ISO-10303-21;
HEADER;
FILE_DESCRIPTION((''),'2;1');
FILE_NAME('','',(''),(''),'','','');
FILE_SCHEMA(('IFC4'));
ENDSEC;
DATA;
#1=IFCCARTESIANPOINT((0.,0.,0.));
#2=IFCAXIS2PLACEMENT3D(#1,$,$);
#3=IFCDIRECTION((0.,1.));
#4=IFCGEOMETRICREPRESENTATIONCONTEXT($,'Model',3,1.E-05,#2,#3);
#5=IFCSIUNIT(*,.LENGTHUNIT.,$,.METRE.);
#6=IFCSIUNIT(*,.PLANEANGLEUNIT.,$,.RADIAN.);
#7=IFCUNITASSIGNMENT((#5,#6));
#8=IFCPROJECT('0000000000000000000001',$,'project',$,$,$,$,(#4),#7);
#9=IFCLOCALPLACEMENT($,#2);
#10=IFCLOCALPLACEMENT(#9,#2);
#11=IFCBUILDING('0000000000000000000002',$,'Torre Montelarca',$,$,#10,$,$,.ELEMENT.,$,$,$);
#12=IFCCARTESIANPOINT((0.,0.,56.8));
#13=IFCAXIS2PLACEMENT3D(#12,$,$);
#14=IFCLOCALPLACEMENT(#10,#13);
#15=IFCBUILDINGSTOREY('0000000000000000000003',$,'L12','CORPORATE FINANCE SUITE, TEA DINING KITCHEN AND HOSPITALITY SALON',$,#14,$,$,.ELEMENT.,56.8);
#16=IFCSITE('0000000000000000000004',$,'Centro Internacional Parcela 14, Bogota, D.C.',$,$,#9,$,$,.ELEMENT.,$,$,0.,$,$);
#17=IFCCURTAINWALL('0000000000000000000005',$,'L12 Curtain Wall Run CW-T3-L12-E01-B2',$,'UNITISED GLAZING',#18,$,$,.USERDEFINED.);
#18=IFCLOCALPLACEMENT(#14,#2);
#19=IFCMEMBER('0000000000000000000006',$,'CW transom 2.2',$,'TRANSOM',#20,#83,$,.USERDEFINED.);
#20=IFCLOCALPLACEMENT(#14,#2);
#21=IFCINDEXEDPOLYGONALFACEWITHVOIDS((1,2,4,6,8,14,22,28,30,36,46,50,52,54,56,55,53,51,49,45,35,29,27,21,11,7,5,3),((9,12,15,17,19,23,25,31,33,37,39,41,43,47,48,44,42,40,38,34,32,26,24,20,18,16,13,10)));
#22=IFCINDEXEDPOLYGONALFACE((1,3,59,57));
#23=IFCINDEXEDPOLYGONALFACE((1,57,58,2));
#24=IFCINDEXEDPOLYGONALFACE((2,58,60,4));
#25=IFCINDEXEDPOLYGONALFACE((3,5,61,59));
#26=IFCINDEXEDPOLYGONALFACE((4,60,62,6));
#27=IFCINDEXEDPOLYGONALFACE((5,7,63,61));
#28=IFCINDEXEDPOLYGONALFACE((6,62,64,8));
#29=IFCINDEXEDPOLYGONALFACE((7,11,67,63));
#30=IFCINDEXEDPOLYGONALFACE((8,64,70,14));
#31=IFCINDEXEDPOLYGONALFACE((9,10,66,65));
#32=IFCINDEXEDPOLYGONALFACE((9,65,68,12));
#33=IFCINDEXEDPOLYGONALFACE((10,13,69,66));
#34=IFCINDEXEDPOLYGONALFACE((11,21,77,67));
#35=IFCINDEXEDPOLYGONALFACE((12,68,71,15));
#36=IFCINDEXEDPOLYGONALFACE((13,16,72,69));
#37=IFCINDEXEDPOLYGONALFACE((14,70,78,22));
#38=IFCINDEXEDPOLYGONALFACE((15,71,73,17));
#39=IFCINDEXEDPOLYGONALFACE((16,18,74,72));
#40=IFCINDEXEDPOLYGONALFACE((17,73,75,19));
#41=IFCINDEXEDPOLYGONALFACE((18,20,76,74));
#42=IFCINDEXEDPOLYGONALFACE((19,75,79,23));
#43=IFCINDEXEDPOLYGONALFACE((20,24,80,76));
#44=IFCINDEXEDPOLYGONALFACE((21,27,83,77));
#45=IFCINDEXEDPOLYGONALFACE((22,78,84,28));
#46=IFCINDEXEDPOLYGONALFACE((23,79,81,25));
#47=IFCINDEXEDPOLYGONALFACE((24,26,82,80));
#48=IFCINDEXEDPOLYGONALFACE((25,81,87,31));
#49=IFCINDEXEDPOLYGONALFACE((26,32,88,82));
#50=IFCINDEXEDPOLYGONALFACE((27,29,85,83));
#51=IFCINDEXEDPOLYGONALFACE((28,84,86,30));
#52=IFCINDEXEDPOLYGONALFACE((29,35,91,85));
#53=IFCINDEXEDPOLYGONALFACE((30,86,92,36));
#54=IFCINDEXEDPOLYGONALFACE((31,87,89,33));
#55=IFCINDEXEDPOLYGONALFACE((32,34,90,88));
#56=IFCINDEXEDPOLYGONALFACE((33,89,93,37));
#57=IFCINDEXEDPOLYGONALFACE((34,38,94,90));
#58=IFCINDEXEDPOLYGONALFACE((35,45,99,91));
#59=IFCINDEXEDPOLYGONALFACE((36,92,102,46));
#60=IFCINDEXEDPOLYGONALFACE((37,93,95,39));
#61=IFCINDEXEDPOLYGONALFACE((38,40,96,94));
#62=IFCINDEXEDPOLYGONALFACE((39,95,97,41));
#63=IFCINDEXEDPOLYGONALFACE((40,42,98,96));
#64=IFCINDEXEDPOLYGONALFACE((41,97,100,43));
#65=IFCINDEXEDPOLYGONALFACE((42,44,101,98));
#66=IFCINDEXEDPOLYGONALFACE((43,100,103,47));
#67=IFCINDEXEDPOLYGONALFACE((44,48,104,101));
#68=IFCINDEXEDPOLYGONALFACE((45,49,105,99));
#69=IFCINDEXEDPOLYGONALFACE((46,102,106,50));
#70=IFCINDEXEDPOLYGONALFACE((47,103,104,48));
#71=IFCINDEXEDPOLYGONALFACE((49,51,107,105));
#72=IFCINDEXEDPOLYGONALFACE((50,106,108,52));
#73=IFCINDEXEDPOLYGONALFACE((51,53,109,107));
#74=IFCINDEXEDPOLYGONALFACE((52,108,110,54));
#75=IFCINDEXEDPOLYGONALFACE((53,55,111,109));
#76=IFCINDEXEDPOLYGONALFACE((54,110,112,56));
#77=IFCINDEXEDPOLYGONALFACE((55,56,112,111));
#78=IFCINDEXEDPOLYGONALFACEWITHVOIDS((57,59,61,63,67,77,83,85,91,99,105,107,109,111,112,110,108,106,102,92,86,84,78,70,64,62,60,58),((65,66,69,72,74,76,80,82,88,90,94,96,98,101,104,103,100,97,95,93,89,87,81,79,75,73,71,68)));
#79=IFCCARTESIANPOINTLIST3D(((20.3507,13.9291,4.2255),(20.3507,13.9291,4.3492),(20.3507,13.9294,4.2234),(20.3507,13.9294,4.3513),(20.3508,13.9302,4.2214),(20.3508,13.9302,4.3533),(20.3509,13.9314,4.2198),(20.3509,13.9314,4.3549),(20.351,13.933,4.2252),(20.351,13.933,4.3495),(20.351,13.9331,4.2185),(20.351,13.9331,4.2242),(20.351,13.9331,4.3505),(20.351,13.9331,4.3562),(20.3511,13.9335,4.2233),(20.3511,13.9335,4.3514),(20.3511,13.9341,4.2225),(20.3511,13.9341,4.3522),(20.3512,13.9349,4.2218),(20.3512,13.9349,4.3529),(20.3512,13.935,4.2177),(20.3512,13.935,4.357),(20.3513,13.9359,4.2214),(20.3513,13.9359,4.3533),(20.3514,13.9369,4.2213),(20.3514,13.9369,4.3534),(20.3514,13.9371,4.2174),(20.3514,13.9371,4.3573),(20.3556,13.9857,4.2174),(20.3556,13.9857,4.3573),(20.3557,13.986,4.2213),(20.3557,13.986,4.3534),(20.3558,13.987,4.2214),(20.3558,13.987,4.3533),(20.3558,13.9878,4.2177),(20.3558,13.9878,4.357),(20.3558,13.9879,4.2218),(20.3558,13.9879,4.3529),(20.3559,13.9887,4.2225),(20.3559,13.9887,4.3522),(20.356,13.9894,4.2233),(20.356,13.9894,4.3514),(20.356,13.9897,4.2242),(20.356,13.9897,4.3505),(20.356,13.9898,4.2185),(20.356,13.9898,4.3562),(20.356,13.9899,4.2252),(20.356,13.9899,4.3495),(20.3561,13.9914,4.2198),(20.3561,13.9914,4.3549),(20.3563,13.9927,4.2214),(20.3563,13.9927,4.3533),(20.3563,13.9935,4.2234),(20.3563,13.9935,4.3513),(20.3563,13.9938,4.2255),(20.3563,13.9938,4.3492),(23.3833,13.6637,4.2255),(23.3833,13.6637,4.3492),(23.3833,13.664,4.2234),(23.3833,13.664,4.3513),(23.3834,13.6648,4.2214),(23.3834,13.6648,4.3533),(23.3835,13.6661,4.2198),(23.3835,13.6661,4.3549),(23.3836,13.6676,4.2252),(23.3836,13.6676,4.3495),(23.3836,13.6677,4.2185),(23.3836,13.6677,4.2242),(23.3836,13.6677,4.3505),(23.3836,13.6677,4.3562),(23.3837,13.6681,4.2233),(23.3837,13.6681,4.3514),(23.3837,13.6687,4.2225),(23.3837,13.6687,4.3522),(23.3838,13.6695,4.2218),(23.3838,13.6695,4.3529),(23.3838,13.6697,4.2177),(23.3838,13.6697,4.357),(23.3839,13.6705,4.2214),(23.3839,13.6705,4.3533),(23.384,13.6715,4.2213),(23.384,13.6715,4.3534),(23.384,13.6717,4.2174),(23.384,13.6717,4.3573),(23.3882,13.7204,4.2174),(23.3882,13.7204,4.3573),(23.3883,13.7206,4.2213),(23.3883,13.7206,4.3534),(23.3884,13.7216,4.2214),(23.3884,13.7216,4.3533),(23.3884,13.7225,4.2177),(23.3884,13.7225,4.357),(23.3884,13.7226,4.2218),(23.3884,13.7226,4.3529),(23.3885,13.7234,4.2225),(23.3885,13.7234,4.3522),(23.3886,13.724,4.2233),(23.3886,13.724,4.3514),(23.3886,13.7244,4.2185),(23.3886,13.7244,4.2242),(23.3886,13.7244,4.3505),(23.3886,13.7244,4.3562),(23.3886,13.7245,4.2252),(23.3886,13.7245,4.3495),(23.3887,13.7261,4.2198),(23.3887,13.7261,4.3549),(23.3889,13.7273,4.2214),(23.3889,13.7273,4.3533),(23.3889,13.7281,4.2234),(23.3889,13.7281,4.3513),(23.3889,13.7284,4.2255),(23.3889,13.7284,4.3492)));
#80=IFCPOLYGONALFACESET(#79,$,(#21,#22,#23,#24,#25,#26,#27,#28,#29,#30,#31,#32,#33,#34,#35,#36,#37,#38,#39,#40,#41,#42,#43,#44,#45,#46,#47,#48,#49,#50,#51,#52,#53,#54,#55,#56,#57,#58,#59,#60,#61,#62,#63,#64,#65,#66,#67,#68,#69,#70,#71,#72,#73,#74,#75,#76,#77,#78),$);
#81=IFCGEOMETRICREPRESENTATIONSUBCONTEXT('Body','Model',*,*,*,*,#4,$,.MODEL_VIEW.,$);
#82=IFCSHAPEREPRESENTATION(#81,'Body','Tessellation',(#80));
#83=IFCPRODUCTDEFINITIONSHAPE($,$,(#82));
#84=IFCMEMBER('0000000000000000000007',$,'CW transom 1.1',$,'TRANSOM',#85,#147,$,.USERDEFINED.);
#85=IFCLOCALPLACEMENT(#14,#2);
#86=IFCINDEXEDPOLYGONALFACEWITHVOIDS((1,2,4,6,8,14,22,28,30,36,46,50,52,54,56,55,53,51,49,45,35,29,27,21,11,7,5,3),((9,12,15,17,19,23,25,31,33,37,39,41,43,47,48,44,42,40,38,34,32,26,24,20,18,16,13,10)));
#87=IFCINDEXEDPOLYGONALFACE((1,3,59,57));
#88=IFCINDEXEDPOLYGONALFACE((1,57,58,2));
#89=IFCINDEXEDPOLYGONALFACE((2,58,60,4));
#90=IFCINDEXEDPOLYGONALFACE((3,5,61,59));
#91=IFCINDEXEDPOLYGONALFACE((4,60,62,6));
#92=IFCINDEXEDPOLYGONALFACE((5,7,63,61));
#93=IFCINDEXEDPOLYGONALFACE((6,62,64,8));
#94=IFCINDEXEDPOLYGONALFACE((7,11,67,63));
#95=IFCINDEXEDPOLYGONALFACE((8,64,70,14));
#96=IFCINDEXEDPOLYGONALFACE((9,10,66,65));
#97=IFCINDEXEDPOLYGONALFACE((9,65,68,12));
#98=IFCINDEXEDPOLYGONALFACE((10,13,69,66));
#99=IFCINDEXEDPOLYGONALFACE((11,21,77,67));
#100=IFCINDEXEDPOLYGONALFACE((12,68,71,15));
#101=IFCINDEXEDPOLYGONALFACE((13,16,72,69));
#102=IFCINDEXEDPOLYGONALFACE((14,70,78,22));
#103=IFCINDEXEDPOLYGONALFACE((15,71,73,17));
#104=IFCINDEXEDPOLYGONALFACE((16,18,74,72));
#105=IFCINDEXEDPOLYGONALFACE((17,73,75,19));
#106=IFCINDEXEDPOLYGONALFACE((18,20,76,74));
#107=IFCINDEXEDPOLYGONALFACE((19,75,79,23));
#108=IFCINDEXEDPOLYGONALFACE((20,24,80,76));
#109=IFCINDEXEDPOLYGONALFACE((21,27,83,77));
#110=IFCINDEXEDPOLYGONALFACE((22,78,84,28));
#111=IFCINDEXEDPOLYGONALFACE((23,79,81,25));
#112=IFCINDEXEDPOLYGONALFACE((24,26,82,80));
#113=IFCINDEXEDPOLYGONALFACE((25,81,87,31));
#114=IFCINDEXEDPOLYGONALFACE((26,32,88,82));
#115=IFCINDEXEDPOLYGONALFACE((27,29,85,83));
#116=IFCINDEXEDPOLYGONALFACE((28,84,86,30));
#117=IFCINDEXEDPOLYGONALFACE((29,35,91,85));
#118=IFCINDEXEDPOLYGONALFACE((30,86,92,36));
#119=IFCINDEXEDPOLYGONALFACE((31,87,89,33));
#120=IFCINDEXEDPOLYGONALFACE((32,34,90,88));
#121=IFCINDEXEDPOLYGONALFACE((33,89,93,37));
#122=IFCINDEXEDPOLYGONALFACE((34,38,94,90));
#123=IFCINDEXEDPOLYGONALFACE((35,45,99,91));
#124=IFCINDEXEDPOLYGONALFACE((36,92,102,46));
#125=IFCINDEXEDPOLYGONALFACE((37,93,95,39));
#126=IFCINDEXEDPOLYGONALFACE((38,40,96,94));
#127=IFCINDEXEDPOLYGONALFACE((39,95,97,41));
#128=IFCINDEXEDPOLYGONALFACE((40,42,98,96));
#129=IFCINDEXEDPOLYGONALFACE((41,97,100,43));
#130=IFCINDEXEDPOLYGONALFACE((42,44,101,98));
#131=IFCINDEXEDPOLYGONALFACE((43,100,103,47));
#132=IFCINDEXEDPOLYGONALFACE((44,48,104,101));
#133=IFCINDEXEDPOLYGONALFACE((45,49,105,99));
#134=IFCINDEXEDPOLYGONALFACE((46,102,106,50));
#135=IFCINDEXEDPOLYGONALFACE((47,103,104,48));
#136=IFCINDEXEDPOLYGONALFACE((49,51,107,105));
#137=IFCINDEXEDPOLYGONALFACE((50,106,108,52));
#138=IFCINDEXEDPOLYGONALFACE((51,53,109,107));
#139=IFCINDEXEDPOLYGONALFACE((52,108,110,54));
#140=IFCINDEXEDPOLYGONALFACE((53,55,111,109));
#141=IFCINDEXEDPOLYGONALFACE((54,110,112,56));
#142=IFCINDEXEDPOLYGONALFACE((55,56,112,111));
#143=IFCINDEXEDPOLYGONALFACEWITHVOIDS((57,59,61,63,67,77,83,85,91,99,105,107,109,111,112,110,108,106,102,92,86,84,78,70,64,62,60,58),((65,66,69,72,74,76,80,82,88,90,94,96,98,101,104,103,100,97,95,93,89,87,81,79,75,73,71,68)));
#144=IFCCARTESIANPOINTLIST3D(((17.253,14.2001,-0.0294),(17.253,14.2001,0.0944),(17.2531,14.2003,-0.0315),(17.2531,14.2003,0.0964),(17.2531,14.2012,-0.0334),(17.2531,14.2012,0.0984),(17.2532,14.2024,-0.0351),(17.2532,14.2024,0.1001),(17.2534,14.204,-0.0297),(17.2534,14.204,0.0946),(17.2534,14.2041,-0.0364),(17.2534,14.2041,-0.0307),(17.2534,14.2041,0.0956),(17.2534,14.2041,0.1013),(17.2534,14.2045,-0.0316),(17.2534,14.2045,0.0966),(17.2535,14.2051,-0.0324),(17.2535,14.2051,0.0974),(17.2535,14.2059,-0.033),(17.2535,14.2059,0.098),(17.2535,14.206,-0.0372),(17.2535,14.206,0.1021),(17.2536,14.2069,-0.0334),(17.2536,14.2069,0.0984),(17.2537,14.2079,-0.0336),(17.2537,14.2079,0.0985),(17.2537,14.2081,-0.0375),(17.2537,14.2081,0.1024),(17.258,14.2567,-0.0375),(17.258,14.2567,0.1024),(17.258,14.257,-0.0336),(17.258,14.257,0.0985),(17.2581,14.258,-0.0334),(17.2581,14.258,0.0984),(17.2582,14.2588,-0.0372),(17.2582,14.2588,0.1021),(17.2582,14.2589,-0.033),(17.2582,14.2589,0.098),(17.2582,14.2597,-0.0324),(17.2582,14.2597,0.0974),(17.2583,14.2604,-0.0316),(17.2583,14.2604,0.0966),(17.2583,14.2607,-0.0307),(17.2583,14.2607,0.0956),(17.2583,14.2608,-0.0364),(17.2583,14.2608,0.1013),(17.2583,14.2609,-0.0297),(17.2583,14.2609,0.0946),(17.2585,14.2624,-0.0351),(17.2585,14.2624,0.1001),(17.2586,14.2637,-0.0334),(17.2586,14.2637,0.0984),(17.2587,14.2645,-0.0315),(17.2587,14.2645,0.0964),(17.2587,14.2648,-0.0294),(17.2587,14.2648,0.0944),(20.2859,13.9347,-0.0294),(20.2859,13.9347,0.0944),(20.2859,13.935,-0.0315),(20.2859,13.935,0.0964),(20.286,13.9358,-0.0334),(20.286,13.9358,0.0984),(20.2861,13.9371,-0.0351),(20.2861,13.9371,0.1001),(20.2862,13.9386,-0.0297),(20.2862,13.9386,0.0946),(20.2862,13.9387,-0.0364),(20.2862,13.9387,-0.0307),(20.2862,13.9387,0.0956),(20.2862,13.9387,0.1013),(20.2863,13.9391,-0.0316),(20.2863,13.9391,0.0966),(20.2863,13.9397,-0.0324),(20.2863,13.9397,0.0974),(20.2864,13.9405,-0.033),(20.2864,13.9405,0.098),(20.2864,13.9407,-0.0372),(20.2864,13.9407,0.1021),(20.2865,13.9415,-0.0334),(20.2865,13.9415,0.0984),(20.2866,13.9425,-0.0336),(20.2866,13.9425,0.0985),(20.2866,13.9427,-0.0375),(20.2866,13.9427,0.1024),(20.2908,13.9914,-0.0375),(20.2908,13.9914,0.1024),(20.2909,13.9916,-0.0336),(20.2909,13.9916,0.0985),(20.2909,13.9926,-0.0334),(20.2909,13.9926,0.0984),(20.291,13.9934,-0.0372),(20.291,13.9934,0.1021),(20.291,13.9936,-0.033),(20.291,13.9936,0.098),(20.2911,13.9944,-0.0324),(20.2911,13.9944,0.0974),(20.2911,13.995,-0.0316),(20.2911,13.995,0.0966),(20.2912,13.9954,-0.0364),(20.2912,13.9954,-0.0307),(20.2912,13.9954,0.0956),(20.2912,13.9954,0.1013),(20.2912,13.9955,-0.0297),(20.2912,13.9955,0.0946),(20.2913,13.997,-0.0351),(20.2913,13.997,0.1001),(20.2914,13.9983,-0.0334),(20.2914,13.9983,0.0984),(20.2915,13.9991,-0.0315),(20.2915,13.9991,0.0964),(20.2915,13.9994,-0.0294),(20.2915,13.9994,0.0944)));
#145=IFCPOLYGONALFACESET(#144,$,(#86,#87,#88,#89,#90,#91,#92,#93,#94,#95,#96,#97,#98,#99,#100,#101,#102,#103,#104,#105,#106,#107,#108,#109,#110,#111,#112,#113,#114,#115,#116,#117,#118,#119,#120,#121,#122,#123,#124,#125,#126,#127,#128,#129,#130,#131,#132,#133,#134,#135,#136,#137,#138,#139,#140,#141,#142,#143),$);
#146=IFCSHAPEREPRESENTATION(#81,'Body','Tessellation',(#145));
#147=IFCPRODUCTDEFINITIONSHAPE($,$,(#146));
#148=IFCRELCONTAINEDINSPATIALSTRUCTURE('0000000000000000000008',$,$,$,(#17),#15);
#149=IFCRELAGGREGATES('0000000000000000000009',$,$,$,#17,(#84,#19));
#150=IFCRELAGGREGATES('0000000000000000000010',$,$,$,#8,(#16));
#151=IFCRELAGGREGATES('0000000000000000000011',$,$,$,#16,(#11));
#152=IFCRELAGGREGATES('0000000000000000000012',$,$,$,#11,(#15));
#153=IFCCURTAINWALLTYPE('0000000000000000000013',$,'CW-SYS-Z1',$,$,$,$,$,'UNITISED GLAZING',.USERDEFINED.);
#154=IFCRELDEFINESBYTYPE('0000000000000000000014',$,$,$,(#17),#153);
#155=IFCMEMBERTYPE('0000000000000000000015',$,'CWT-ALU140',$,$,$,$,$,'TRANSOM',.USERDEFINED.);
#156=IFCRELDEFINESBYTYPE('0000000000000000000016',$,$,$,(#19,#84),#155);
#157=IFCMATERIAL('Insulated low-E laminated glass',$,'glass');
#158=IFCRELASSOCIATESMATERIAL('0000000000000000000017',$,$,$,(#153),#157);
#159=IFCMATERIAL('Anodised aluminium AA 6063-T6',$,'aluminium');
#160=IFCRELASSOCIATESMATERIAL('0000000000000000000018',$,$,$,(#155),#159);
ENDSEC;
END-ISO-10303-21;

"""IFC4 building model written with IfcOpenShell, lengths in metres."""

from ifc_helpers import new_model, si_unit, direction, frame, origin, origin_2d, place, context, subcontext, project, spatial, hollow_rectangle, extrude, source, transform, mapped, material, material_profile, profile_set, type_object, element, aggregate, save


model = new_model("IFC4")

# Units and contexts
model_context = context("Model", 3, precision=1e-05, world=origin(), true_north=direction((0.0, 1.0)))
body_context = subcontext(model_context, "Body", "Model", "MODEL_VIEW")
ifc_project = project(units=[si_unit("LENGTHUNIT", "METRE"), si_unit("PLANEANGLEUNIT", "RADIAN")], contexts=[model_context])

# Site, building, storey
site_placement = place(None, origin())
site = spatial("IfcSite", under=ifc_project, at=site_placement, Name="Centro Internacional Parcela 14, Bogota, D.C.", CompositionType="ELEMENT", RefElevation=0.0)
building_placement = place(site_placement, origin())
building = spatial("IfcBuilding", under=site, at=building_placement, Name="Torre Montelarca", CompositionType="ELEMENT")
storey_placement = place(building_placement, frame((0.0, 0.0, 56.8)))
storey = spatial("IfcBuildingStorey", under=building, at=storey_placement, Name="L12", Description="CORPORATE FINANCE SUITE, TEA DINING KITCHEN AND HOSPITALITY SALON", CompositionType="ELEMENT", Elevation=56.8)

# Curtain wall
ifc_material_1 = material(Name="Insulated low-E laminated glass", Category="glass")
curtain_wall_type = type_object("IfcCurtainWallType", Name="CW-SYS-Z1", ElementType="UNITISED GLAZING", PredefinedType="USERDEFINED", material=ifc_material_1)
ifc_material_2 = material(Name="Anodised aluminium AA 6063-T6", Category="aluminium")
curtain_wall_1_placement = place(storey_placement, origin())
curtain_wall_1 = element("IfcCurtainWall", 1, at=curtain_wall_1_placement, inside=storey, type_object=curtain_wall_type, Name="L12 Curtain Wall Run CW-T3-L12-E01-B2", ObjectType="UNITISED GLAZING", PredefinedType="USERDEFINED")
ifc_material_profile_1 = material_profile(ifc_material_2, hollow_rectangle(XDim=0.0649, YDim=0.1399, WallThickness=0.0039, InnerFilletRadius=0.0039, OuterFilletRadius=0.0081, at=origin_2d()), Name="ALU65X140X4", Category="aluminium")
ifc_profile_set_1 = profile_set([ifc_material_profile_1], Name="Anodised aluminium AA 6063-T6")
member_type_1 = type_object("IfcMemberType", Name="CWT-ALU140", ElementType="TRANSOM", PredefinedType="USERDEFINED", material=ifc_profile_set_1)

# Members
shared_shape_1 = source(origin(), body_context, "Body", "SweptSolid", [
    extrude(hollow_rectangle(XDim=0.0649, YDim=0.1399, WallThickness=0.0039, InnerFilletRadius=0.0039, OuterFilletRadius=0.0081, at=origin_2d()), origin(), (0.0, 0.0, 1.0), 3.0442),
])
member_1_placement = place(storey_placement, frame((20.3535, 13.9614, 4.2874), z_axis=(0.996193, -0.087173, 0.0), x_axis=(0.087173, 0.996193, 0.0)))
member_1 = element("IfcMember", 2, at=member_1_placement, type_object=member_type_1, Name="CW transom 2.2", ObjectType="TRANSOM", PredefinedType="USERDEFINED", context=body_context, shape_type="MappedRepresentation", body=[
    mapped(shared_shape_1, transform((0.0, 0.0, 0.0), scale=1.0)),
])
shared_shape_2 = source(origin(), body_context, "Body", "SweptSolid", [
    extrude(hollow_rectangle(XDim=0.0649, YDim=0.1399, WallThickness=0.0039, InnerFilletRadius=0.0039, OuterFilletRadius=0.0081, at=origin_2d()), origin(), (0.0, 0.0, 1.0), 3.0444),
])
member_2_placement = place(storey_placement, frame((17.2559, 14.2324, 0.0325), z_axis=(0.996194, -0.087166, 0.0), x_axis=(0.087166, 0.996194, 0.0)))
member_2 = element("IfcMember", 3, at=member_2_placement, type_object=member_type_1, Name="CW transom 1.1", ObjectType="TRANSOM", PredefinedType="USERDEFINED", context=body_context, shape_type="MappedRepresentation", body=[
    mapped(shared_shape_2, transform((0.0, 0.0, 0.0), scale=1.0)),
])

aggregate(curtain_wall_1, [member_2, member_1])

save(model, "model.ifc")
